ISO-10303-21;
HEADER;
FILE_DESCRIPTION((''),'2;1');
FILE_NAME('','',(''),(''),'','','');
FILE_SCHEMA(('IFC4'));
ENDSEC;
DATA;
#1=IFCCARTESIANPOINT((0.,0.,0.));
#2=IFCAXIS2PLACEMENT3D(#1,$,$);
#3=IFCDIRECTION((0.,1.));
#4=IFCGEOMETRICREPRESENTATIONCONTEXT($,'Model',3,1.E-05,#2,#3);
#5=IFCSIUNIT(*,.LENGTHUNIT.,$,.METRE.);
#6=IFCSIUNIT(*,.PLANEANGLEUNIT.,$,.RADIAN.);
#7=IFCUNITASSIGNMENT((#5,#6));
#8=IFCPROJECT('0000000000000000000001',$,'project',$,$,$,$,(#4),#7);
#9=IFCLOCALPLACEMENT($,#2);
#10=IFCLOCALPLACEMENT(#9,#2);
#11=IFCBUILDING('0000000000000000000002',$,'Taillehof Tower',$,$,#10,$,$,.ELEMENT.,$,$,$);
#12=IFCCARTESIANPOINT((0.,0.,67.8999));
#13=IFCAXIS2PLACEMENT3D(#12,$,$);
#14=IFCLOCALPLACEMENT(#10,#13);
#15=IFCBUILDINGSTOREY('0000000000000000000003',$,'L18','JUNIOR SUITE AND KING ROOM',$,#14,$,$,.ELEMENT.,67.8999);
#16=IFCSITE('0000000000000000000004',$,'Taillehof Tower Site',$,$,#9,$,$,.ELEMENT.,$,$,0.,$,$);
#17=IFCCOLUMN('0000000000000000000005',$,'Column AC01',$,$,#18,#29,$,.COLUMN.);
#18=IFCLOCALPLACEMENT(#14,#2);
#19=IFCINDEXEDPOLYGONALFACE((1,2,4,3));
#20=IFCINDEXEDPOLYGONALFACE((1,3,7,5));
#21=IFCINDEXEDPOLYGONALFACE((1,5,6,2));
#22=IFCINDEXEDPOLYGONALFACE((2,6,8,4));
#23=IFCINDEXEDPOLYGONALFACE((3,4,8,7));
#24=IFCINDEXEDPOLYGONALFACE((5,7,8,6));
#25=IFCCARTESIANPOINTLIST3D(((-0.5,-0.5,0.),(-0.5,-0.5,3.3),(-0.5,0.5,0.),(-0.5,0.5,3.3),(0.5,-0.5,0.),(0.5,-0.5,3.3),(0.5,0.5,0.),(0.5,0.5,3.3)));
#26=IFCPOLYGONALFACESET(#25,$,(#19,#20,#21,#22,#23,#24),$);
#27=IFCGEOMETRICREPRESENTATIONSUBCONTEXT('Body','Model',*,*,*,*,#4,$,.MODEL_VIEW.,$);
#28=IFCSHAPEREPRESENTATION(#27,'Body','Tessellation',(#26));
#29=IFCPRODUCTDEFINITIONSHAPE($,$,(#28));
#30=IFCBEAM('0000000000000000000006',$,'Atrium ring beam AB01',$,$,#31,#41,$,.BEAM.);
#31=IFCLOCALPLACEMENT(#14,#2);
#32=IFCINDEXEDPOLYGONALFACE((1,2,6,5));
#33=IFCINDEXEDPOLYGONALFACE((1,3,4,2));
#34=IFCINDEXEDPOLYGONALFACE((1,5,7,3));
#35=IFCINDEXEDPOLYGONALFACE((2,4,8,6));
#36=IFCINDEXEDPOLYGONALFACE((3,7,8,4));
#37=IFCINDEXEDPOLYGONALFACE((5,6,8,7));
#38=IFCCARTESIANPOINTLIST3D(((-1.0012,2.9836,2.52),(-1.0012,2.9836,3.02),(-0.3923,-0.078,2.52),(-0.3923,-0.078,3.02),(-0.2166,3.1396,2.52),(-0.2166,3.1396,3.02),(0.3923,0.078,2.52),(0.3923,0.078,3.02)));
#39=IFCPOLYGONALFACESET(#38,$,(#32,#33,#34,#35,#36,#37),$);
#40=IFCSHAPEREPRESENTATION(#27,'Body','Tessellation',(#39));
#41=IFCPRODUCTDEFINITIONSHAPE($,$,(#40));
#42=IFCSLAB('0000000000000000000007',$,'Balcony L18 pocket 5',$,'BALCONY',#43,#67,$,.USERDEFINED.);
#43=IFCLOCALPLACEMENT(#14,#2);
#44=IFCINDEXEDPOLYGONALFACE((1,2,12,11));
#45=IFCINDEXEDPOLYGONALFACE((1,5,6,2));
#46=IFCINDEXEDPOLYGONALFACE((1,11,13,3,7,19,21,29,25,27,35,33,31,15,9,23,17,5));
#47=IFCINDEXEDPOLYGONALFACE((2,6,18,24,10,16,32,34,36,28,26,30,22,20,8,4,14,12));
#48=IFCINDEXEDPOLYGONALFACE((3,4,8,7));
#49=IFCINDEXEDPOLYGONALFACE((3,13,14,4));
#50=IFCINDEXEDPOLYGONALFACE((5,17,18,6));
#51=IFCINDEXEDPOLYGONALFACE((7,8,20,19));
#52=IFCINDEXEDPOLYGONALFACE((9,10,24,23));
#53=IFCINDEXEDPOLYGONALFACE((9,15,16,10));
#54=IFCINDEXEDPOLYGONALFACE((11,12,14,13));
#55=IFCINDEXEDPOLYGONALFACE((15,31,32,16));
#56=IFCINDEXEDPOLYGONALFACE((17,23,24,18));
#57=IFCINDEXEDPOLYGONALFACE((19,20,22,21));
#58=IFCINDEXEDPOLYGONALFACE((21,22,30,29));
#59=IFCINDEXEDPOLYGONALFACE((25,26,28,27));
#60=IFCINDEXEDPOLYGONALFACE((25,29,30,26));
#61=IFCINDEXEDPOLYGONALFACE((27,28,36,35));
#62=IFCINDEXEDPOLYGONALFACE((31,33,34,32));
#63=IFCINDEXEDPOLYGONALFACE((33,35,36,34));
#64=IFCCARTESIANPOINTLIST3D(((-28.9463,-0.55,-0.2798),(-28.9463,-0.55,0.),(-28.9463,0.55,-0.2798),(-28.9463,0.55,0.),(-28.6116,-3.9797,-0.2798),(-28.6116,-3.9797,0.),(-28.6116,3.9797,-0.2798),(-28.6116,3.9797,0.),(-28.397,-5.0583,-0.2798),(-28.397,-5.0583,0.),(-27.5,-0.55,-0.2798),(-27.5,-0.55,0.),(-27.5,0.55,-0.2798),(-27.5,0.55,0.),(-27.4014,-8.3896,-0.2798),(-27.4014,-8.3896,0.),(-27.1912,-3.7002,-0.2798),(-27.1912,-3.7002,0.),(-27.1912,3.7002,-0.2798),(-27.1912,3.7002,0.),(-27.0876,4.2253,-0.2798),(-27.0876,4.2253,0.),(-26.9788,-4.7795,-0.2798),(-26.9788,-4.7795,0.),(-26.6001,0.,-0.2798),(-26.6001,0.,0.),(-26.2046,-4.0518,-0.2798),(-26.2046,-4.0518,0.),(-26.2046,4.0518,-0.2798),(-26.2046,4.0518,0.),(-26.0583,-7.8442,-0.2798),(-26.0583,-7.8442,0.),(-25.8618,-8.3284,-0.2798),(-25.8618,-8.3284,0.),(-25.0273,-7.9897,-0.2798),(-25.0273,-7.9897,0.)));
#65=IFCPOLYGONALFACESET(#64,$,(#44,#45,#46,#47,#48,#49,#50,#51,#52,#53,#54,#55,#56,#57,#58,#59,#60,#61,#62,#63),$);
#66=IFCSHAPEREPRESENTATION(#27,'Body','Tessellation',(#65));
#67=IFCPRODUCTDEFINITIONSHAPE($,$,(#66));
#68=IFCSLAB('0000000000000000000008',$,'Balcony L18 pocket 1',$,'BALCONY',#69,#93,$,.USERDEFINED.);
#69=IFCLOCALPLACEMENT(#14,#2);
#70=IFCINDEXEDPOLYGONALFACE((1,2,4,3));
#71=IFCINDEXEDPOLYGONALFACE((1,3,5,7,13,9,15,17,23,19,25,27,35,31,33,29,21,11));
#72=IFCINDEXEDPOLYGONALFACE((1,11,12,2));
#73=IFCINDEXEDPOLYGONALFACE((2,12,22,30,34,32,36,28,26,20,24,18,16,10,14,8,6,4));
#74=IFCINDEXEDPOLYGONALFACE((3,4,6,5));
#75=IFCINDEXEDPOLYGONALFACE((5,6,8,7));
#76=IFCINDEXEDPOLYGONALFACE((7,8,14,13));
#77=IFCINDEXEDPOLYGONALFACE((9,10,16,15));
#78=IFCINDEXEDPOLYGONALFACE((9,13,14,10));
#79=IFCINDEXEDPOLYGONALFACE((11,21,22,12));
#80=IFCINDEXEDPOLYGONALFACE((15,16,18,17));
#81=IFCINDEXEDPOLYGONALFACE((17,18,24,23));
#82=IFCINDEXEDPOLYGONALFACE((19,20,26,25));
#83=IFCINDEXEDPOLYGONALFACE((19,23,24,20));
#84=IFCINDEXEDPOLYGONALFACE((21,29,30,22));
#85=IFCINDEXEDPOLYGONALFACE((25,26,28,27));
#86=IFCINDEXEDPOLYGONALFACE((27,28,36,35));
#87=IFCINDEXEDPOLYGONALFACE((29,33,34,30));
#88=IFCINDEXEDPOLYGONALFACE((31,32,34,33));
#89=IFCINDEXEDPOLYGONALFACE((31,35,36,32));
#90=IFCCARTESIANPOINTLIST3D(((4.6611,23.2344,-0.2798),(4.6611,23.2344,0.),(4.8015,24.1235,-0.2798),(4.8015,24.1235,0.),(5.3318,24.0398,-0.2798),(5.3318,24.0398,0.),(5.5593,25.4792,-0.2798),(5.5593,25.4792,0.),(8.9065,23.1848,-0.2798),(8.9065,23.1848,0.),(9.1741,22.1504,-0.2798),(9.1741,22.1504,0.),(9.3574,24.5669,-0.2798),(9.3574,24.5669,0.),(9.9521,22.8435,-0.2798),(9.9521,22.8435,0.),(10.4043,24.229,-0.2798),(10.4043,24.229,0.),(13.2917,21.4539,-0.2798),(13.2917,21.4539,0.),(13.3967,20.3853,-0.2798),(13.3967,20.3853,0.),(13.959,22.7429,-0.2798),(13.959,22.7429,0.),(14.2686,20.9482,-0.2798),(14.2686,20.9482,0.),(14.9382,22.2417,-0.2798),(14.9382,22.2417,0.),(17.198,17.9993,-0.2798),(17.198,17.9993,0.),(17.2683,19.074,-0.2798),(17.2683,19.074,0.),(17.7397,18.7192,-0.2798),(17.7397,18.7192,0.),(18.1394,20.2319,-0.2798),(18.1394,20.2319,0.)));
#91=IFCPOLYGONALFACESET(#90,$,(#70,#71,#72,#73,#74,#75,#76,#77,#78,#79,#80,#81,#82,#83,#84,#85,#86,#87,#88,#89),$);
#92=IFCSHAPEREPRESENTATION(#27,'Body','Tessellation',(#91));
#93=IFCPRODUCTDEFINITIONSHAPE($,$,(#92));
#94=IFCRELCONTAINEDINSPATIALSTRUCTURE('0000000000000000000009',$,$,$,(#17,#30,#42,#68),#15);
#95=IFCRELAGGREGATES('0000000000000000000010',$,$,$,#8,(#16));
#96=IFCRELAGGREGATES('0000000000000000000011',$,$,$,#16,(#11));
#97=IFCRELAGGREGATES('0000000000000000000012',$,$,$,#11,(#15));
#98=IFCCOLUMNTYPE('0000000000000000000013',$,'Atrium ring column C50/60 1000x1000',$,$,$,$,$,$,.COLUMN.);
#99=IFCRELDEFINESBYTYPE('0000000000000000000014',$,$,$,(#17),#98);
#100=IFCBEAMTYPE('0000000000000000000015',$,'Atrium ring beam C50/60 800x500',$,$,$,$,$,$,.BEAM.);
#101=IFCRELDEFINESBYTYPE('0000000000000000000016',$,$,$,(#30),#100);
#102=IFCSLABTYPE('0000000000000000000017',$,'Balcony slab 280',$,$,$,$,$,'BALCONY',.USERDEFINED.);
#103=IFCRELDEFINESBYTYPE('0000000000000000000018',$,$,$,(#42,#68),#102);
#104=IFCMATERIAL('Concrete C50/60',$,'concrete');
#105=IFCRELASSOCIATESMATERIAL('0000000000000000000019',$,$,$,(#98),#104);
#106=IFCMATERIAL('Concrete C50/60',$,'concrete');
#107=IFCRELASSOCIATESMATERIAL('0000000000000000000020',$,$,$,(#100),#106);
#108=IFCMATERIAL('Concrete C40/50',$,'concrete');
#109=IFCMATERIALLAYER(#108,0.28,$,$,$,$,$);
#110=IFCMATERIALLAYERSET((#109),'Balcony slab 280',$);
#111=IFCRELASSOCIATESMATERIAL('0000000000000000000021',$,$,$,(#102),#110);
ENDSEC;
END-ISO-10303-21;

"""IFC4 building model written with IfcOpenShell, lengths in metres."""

from ifc_helpers import new_model, si_unit, direction, frame, origin, origin_with_axes, origin_2d, place, context, subcontext, project, spatial, polyline, rectangle, outline, extrude, material, layer, layer_set, material_profile, profile_set, type_object, element, save


model = new_model("IFC4")

# Units and contexts
model_context = context("Model", 3, precision=1e-05, world=origin(), true_north=direction((0.0, 1.0)))
body_context = subcontext(model_context, "Body", "Model", "MODEL_VIEW")
ifc_project = project(units=[si_unit("LENGTHUNIT", "METRE"), si_unit("PLANEANGLEUNIT", "RADIAN")], contexts=[model_context])

# Site, building, storey
site_placement = place(None, origin())
site = spatial("IfcSite", under=ifc_project, at=site_placement, Name="Taillehof Tower Site", CompositionType="ELEMENT", RefElevation=0.0)
building_placement = place(site_placement, origin())
building = spatial("IfcBuilding", under=site, at=building_placement, Name="Taillehof Tower", CompositionType="ELEMENT")
storey_placement = place(building_placement, frame((0.0, 0.0, 67.8999)))
storey = spatial("IfcBuildingStorey", under=building, at=storey_placement, Name="L18", Description="JUNIOR SUITE AND KING ROOM", CompositionType="ELEMENT", Elevation=67.8999)

# Column
ifc_material_1 = material(Name="Concrete C50/60", Category="concrete")
ifc_material_profile_1 = material_profile(ifc_material_1, rectangle(XDim=1.0, YDim=1.0, at=origin_2d()), Name="RC 1000x1000")
ifc_profile_set_1 = profile_set([ifc_material_profile_1], Name="Concrete C50/60")
column_type = type_object("IfcColumnType", Name="Atrium ring column C50/60 1000x1000", PredefinedType="COLUMN", material=ifc_profile_set_1)
column_placement = place(storey_placement, origin_with_axes())
element("IfcColumn", 1, at=column_placement, inside=storey, type_object=column_type, Name="Column AC01", PredefinedType="COLUMN", context=body_context, shape_type="SweptSolid", body=[
    extrude(rectangle(XDim=1.0, YDim=1.0, at=origin_2d()), origin(), (0.0, 0.0, 1.0), 3.3),
])

# Beam
ifc_material_2 = material(Name="Concrete C50/60", Category="concrete")
ifc_material_profile_2 = material_profile(ifc_material_2, rectangle(XDim=0.8, YDim=0.5, at=origin_2d()), Name="RC 800x500")
ifc_profile_set_2 = profile_set([ifc_material_profile_2], Name="Concrete C50/60")
beam_type = type_object("IfcBeamType", Name="Atrium ring beam C50/60 800x500", PredefinedType="BEAM", material=ifc_profile_set_2)
beam_placement = place(storey_placement, frame((0.0, 0.0, 2.77), z_axis=(-0.195063, 0.980791, 0.0), x_axis=(-0.980791, -0.195063, 0.0)))
element("IfcBeam", 2, at=beam_placement, inside=storey, type_object=beam_type, Name="Atrium ring beam AB01", PredefinedType="BEAM", context=body_context, shape_type="SweptSolid", body=[
    extrude(rectangle(XDim=0.8, YDim=0.5, at=origin_2d()), origin(), (0.0, 0.0, 1.0), 3.1216),
])

# Slabs
ifc_material_3 = material(Name="Concrete C40/50", Category="concrete")
ifc_layer_1 = layer(ifc_material_3, 0.28)
ifc_layer_set_1 = layer_set([ifc_layer_1], Name="Balcony slab 280")
slab_type_1 = type_object("IfcSlabType", Name="Balcony slab 280", ElementType="BALCONY", PredefinedType="USERDEFINED", material=ifc_layer_set_1)
slab_1_placement = place(storey_placement, frame((0.0, 0.0, -0.2798)))
element("IfcSlab", 3, at=slab_1_placement, inside=storey, type_object=slab_type_1, Name="Balcony L18 pocket 5", ObjectType="BALCONY", PredefinedType="USERDEFINED", context=body_context, shape_type="SweptSolid", body=[
    extrude(outline(polyline([(-25.0273, -7.9897), (-25.8618, -8.3284), (-26.0583, -7.8442), (-27.4014, -8.3896), (-28.397, -5.0583), (-26.9788, -4.7795), (-27.1912, -3.7002), (-28.6116, -3.9797), (-28.9463, -0.55), (-27.5, -0.55), (-27.5, 0.55), (-28.9463, 0.55), (-28.6116, 3.9797), (-27.1912, 3.7002), (-27.0876, 4.2253), (-26.2046, 4.0518), (-26.6001, 0.0), (-26.2046, -4.0518), (-25.0273, -7.9897)])), origin(), (0.0, 0.0, 1.0), 0.2798),
])
slab_2_placement = place(storey_placement, frame((0.0, 0.0, -0.2798)))
element("IfcSlab", 4, at=slab_2_placement, inside=storey, type_object=slab_type_1, Name="Balcony L18 pocket 1", ObjectType="BALCONY", PredefinedType="USERDEFINED", context=body_context, shape_type="SweptSolid", body=[
    extrude(outline(polyline([(4.6611, 23.2344), (4.8015, 24.1235), (5.3318, 24.0398), (5.5593, 25.4792), (9.3574, 24.5669), (8.9065, 23.1848), (9.9521, 22.8435), (10.4043, 24.229), (13.959, 22.7429), (13.2917, 21.4539), (14.2686, 20.9482), (14.9382, 22.2417), (18.1394, 20.2319), (17.2683, 19.074), (17.7397, 18.7192), (17.198, 17.9993), (13.3967, 20.3853), (9.1741, 22.1504), (4.6611, 23.2344)])), origin(), (0.0, 0.0, 1.0), 0.2798),
])

save(model, "model.ifc")
